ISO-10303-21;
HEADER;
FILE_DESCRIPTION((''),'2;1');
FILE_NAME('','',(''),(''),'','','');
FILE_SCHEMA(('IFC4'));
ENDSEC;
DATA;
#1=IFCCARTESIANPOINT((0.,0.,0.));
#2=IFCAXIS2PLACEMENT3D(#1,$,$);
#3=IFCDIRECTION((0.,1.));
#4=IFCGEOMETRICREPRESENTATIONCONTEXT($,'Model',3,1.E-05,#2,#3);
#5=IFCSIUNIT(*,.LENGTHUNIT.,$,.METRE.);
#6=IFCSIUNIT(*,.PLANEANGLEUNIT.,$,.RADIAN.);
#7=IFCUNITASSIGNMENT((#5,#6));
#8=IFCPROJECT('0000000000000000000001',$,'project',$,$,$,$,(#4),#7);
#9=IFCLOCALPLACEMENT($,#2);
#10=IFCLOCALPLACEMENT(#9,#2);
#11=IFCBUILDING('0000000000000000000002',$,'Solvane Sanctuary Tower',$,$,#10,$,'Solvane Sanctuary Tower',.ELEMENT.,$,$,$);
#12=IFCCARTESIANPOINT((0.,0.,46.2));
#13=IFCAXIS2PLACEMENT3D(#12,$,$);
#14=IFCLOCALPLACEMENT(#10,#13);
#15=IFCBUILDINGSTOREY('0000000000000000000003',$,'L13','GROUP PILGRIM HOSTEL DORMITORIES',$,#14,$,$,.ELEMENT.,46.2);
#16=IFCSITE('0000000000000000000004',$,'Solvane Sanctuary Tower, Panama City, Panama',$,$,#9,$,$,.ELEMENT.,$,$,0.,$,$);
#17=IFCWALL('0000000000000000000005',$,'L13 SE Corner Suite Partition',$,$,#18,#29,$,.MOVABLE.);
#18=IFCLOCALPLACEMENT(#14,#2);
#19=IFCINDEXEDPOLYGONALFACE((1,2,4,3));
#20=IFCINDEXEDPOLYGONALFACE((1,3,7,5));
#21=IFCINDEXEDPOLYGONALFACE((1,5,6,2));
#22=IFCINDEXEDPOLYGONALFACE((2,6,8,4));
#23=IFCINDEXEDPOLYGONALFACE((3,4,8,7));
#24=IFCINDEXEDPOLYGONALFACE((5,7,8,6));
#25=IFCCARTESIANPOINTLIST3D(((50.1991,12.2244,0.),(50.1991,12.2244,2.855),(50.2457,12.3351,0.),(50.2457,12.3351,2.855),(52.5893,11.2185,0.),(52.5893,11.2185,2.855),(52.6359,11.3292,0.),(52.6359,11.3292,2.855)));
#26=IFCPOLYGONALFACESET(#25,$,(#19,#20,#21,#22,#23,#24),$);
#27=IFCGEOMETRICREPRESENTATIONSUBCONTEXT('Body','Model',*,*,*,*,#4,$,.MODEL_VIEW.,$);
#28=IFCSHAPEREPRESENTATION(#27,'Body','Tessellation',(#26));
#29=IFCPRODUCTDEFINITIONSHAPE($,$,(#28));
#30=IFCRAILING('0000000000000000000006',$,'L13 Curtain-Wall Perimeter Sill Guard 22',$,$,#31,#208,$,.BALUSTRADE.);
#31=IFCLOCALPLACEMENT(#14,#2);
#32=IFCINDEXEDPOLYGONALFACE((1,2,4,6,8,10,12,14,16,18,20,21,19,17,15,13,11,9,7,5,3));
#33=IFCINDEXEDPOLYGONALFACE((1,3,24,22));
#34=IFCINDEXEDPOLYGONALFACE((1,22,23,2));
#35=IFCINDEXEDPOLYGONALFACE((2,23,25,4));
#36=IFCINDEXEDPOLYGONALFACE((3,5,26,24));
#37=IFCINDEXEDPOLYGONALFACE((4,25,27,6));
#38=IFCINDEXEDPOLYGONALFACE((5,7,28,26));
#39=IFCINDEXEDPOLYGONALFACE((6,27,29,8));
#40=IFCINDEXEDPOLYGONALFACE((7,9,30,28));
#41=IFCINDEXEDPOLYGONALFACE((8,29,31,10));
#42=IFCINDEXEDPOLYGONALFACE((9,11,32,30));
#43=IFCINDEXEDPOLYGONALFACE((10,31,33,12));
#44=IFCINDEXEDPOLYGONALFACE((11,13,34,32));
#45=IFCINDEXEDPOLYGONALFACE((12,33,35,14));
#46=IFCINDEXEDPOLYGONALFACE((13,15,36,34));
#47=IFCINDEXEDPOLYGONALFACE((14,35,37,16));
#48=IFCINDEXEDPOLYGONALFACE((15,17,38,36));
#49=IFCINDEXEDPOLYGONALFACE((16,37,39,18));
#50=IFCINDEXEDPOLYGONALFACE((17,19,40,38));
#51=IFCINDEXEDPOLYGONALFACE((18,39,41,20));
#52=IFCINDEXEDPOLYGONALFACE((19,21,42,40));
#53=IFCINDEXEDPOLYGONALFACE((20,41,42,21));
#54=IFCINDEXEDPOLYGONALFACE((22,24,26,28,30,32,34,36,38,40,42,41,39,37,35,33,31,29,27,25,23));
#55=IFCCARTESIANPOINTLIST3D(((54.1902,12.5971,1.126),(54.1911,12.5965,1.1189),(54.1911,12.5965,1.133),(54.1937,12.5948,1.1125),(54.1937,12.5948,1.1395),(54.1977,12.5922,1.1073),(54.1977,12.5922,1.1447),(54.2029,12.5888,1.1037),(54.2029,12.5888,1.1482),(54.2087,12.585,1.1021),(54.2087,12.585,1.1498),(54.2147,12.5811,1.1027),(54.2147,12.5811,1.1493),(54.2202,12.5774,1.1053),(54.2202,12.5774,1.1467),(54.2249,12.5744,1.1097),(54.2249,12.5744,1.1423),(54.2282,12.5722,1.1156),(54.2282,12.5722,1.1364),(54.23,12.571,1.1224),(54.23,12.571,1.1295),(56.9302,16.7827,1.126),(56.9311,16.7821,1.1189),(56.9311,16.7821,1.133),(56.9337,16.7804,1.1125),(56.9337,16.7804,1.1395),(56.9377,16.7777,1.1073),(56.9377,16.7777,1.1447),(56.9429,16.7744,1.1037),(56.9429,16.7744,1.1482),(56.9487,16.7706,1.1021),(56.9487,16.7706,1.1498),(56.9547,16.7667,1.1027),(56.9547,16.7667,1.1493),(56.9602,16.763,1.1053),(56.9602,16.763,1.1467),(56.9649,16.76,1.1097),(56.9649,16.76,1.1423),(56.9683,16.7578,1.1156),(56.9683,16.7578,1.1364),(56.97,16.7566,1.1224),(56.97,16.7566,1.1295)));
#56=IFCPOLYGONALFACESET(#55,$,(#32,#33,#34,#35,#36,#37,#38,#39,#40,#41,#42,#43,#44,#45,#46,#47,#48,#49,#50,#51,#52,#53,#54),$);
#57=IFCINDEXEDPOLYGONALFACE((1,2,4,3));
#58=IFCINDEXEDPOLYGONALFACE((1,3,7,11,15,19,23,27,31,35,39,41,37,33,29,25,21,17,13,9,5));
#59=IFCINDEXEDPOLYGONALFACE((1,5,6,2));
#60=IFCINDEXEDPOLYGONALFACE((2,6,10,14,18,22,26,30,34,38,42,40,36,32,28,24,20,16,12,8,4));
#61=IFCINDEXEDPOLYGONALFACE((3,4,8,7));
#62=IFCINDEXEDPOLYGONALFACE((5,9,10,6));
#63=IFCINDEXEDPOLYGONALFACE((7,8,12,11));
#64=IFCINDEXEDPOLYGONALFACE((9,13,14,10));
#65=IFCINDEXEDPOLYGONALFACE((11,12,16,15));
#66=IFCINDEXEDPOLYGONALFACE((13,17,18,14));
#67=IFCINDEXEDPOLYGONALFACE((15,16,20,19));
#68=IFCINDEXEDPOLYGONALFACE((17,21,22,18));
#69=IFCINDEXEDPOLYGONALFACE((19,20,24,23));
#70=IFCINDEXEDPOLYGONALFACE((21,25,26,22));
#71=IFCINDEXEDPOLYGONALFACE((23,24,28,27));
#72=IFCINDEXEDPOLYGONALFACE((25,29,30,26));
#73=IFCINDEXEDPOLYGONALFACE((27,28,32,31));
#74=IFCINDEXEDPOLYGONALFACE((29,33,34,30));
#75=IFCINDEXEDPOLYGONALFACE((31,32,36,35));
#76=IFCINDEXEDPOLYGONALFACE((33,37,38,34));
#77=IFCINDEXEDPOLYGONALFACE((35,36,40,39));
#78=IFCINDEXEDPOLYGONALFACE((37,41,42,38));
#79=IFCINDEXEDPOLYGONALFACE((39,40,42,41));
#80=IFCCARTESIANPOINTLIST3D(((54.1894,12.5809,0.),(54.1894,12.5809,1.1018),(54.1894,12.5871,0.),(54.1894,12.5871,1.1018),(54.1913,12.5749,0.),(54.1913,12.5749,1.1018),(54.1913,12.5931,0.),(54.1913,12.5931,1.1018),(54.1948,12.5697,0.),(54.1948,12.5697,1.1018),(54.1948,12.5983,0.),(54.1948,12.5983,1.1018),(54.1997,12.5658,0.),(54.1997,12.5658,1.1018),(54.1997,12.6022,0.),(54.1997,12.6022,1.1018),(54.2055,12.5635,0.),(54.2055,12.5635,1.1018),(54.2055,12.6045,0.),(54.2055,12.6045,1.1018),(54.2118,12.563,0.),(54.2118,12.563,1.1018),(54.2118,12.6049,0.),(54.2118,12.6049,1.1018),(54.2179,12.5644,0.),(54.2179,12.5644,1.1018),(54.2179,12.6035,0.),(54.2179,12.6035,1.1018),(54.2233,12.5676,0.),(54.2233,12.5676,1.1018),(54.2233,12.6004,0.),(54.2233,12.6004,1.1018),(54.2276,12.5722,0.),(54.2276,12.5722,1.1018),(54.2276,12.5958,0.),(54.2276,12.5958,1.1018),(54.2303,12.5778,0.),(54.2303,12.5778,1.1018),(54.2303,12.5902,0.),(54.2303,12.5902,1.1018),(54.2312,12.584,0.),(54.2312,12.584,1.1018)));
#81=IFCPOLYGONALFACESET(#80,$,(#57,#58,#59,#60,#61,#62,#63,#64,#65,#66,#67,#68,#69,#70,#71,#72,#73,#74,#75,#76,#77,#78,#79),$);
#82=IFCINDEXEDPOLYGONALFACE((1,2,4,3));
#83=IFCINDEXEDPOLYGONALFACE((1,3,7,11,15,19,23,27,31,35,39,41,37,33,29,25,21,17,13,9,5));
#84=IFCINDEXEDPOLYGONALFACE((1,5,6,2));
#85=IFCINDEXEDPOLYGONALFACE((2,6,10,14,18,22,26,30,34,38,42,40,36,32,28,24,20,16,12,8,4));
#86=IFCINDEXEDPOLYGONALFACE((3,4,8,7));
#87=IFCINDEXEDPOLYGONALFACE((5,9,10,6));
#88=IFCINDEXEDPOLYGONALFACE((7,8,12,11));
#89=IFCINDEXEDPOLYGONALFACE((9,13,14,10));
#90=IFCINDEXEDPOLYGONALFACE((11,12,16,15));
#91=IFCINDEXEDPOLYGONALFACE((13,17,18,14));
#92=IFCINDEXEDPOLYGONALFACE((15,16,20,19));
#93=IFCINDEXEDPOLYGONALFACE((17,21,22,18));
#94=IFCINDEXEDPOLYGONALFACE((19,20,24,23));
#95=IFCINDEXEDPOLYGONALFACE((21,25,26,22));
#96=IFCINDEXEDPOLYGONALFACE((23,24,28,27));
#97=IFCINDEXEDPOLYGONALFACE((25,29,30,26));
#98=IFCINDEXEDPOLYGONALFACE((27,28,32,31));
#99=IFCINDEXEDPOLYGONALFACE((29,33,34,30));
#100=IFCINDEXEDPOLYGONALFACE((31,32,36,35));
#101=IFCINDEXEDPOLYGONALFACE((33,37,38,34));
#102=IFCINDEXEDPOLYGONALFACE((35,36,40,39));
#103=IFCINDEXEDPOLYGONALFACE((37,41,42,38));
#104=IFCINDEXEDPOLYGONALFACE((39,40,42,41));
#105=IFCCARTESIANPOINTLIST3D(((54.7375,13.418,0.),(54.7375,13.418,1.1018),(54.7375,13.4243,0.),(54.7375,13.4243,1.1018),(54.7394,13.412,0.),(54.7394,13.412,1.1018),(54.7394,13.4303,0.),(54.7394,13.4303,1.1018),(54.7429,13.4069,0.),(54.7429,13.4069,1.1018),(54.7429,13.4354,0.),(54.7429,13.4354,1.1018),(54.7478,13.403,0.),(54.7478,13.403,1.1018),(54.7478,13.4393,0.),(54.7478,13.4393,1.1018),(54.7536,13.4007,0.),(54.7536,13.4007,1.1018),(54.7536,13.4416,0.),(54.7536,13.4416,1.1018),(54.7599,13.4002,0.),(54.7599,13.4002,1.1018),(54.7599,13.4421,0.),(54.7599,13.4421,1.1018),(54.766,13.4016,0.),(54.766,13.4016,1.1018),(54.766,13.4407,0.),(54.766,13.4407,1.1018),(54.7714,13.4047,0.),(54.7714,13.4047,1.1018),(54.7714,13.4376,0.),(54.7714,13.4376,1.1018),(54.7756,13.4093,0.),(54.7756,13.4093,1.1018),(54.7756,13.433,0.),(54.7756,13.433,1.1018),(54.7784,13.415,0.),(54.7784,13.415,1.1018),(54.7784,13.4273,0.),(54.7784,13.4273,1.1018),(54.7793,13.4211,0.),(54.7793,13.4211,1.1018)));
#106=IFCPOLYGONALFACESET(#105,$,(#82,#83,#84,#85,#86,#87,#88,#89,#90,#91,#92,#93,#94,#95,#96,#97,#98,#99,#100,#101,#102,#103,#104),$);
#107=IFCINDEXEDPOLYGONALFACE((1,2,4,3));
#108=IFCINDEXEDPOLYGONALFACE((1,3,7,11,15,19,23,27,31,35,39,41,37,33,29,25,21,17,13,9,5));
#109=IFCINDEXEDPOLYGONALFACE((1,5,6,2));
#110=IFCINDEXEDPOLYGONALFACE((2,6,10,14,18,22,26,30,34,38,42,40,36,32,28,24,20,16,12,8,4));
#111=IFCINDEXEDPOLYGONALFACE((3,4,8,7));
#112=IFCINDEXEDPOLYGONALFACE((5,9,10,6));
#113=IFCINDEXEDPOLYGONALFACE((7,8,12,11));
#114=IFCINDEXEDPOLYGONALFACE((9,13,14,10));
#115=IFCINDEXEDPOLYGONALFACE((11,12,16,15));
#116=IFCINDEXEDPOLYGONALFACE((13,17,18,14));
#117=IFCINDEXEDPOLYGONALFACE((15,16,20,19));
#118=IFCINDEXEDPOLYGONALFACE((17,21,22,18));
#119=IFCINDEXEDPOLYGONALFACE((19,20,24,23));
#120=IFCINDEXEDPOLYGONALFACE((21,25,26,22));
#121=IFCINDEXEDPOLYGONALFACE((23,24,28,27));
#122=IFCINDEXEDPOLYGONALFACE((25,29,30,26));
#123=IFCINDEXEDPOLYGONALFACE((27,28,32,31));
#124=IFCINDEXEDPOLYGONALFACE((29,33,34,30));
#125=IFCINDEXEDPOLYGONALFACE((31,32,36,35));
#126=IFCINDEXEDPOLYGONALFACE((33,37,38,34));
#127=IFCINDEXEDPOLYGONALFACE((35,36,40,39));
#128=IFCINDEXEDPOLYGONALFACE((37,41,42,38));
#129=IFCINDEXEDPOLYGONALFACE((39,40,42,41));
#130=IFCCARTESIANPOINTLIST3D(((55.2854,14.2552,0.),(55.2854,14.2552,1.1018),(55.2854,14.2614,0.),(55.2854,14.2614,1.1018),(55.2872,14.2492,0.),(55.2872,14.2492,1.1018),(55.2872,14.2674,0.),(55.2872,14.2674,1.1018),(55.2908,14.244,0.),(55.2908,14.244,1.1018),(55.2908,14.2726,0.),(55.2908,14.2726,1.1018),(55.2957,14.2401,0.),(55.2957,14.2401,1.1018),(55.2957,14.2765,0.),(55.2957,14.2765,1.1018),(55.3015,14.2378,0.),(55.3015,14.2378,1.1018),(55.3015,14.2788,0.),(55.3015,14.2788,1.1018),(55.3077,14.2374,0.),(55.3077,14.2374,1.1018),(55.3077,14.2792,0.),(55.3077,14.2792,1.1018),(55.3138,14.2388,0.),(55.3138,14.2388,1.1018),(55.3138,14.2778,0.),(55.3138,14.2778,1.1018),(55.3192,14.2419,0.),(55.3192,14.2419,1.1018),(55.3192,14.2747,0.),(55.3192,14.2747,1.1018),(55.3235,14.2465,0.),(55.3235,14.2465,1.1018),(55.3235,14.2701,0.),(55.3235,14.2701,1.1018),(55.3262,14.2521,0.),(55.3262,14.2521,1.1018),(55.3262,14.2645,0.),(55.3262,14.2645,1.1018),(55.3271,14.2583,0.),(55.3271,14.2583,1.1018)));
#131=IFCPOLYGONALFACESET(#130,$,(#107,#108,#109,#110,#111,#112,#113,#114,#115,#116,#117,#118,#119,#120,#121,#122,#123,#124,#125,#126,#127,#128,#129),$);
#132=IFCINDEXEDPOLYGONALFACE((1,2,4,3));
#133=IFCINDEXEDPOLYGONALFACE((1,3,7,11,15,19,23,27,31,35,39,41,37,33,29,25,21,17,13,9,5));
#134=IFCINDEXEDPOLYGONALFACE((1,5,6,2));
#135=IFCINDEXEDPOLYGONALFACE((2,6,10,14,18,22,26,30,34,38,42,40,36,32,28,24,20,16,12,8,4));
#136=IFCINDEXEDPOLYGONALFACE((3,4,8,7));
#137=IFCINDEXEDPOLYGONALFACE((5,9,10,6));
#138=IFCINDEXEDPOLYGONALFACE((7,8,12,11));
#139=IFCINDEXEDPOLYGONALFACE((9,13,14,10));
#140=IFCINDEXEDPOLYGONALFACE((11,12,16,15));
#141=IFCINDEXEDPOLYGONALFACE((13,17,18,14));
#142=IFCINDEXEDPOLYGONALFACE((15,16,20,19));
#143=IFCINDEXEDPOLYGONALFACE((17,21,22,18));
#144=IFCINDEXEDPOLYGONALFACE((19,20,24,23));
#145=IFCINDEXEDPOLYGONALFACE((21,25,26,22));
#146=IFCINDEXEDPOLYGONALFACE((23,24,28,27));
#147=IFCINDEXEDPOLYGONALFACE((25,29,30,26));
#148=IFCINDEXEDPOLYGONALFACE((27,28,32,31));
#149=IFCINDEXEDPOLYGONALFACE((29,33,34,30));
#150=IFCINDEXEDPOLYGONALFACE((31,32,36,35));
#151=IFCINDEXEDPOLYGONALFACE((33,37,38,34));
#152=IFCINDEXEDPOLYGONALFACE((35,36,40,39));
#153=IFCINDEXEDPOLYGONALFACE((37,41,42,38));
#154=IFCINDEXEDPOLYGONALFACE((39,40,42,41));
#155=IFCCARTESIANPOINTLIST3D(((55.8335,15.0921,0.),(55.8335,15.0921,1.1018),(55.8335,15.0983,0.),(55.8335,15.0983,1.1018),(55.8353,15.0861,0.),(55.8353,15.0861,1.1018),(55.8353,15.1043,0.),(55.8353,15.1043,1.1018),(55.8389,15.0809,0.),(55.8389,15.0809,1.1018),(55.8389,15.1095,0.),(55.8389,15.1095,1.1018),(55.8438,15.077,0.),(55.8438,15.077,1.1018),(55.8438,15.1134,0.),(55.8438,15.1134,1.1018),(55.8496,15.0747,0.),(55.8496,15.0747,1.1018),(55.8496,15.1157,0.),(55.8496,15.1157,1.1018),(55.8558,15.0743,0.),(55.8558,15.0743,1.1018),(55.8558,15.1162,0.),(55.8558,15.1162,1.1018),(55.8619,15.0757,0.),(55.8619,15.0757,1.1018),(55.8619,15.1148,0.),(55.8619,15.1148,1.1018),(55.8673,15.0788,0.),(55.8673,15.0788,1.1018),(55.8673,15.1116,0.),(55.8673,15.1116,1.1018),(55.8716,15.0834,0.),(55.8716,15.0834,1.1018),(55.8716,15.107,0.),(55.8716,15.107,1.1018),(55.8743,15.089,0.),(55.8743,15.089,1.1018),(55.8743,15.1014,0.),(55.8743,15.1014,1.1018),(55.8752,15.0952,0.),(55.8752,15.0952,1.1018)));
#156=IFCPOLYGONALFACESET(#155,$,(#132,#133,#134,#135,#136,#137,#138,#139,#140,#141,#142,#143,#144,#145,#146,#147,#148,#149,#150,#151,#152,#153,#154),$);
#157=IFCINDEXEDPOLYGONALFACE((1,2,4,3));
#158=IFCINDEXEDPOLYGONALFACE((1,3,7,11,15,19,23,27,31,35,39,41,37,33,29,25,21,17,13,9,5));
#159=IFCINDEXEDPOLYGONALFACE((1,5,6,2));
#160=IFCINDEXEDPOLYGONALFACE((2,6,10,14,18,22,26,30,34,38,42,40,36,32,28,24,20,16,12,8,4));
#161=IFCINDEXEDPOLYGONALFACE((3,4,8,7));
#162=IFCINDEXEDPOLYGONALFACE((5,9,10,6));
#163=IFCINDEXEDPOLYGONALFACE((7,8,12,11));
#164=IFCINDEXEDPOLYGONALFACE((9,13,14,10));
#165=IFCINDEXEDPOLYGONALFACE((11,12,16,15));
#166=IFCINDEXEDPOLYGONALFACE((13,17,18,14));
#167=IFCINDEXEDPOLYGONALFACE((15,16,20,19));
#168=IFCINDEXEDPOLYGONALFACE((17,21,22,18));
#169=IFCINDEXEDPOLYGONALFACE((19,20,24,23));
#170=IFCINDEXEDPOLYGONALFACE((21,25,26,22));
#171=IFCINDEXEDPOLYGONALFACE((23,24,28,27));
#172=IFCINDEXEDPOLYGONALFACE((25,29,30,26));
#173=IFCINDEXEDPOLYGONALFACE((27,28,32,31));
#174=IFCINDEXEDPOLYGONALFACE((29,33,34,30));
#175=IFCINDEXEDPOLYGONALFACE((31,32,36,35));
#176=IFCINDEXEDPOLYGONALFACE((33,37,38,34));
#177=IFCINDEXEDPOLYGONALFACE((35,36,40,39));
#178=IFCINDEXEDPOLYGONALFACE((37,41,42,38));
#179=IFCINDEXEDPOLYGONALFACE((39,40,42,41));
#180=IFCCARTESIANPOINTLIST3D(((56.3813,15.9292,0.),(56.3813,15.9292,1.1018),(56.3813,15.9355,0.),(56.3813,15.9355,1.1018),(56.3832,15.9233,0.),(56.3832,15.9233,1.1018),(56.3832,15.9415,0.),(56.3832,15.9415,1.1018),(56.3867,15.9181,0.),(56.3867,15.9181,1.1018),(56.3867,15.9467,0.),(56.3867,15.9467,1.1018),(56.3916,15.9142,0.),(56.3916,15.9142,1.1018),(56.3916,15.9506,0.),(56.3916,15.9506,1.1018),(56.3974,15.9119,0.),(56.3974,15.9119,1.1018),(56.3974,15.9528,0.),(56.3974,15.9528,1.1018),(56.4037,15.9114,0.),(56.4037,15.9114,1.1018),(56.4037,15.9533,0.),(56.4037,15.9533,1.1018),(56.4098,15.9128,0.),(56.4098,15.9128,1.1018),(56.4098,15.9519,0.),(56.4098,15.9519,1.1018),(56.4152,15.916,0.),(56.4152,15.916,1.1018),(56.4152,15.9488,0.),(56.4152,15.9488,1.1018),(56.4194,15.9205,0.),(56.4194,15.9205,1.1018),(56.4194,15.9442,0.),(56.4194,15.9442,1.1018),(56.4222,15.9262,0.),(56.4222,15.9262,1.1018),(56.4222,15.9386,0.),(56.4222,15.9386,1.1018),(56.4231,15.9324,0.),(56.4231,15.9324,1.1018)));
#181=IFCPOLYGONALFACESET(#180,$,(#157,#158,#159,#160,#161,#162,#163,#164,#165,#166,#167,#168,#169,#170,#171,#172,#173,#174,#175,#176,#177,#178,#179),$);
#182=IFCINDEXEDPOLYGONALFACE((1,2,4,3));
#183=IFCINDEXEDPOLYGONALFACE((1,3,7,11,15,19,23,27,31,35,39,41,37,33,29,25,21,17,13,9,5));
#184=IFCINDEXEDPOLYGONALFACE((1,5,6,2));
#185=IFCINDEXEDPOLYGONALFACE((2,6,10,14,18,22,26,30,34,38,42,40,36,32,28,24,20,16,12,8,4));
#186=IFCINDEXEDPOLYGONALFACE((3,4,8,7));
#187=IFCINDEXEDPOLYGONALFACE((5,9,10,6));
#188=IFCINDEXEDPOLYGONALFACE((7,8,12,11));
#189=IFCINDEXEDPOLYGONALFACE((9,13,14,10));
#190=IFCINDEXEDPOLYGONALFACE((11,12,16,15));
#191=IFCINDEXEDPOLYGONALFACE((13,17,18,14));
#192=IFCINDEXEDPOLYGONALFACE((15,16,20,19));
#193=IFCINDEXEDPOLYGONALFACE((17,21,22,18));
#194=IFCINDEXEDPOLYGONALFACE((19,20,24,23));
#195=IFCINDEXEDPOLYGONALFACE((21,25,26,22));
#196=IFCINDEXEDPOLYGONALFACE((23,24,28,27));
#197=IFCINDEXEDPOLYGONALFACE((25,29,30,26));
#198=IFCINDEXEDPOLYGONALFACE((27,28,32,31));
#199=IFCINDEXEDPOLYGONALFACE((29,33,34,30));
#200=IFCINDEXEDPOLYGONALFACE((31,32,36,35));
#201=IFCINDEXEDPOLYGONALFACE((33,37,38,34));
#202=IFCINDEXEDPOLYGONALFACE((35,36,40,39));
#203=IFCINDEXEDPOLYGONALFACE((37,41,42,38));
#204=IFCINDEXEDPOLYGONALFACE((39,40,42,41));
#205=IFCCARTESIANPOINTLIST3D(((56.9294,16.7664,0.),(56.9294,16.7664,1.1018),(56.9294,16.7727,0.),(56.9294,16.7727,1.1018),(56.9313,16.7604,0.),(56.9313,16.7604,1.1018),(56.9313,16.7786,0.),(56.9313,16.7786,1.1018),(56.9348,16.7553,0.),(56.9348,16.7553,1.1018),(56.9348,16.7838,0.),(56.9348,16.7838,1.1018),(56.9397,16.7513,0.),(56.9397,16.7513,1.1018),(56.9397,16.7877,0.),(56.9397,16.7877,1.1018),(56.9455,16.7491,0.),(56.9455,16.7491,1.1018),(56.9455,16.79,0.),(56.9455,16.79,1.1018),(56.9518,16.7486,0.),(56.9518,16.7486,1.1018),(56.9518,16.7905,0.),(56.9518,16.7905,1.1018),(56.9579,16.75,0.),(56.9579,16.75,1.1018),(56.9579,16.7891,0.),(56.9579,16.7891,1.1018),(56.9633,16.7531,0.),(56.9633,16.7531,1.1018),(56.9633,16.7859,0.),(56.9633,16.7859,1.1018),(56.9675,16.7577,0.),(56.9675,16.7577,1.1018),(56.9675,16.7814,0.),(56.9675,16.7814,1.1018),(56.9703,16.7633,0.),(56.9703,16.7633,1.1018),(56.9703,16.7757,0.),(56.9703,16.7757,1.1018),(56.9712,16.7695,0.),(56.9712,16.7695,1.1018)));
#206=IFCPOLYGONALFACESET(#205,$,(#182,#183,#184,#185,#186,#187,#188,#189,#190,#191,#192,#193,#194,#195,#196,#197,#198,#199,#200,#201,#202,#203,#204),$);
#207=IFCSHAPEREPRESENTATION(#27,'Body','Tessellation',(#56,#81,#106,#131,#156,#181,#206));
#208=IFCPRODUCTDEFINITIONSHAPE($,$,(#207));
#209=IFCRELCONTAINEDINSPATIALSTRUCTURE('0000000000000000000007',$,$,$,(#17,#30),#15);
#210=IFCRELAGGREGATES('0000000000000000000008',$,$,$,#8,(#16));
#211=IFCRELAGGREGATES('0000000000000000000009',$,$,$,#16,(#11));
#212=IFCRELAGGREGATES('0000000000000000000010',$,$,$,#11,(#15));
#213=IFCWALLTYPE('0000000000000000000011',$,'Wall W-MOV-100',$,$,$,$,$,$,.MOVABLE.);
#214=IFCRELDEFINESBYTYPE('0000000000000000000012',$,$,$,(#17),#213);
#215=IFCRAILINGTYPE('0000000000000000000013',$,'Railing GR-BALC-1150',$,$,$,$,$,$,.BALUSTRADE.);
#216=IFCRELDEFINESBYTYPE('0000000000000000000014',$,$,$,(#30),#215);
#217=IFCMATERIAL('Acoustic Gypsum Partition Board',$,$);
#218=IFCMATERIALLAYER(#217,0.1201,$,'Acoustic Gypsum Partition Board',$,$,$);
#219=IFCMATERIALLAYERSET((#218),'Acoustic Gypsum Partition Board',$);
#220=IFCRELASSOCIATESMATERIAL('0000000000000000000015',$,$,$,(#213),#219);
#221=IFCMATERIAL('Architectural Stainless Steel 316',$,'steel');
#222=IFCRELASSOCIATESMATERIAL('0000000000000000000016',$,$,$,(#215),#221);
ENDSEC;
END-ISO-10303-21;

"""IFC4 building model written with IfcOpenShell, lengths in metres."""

from ifc_helpers import new_model, si_unit, direction, frame, frame_2d, origin, origin_2d, place, context, subcontext, project, spatial, rectangle, circle, extrude, material, layer, layer_set, type_object, element, save


model = new_model("IFC4")

# Units and contexts
model_context = context("Model", 3, precision=1e-05, world=origin(), true_north=direction((0.0, 1.0)))
body_context = subcontext(model_context, "Body", "Model", "MODEL_VIEW")
ifc_project = project(units=[si_unit("LENGTHUNIT", "METRE"), si_unit("PLANEANGLEUNIT", "RADIAN")], contexts=[model_context])

# Site, building, storey
site_placement = place(None, origin())
site = spatial("IfcSite", under=ifc_project, at=site_placement, Name="Solvane Sanctuary Tower, Panama City, Panama", CompositionType="ELEMENT", RefElevation=0.0)
building_placement = place(site_placement, origin())
building = spatial("IfcBuilding", under=site, at=building_placement, Name="Solvane Sanctuary Tower", LongName="Solvane Sanctuary Tower", CompositionType="ELEMENT")
storey_placement = place(building_placement, frame((0.0, 0.0, 46.2)))
storey = spatial("IfcBuildingStorey", under=building, at=storey_placement, Name="L13", Description="GROUP PILGRIM HOSTEL DORMITORIES", CompositionType="ELEMENT", Elevation=46.2)

# Shared definitions
ifc_material_1 = material(Name="Acoustic Gypsum Partition Board")

# Shared definitions
ifc_layer_1 = layer(ifc_material_1, 0.1201, Name="Acoustic Gypsum Partition Board")
ifc_layer_set_1 = layer_set([ifc_layer_1], Name="Acoustic Gypsum Partition Board")
wall_type_1 = type_object("IfcWallType", Name="Wall W-MOV-100", PredefinedType="MOVABLE", material=ifc_layer_set_1)
ifc_material_2 = material(Name="Architectural Stainless Steel 316", Category="steel")

# Wall
wall_1_placement = place(storey_placement, frame((50.2224, 12.2798, 0.0), z_axis=(0.0, 0.0, 1.0), x_axis=(0.921706, -0.387889, 0.0)))
element("IfcWall", 1, at=wall_1_placement, inside=storey, type_object=wall_type_1, Name="L13 SE Corner Suite Partition", PredefinedType="MOVABLE", context=body_context, shape_type="SweptSolid", body=[
    extrude(rectangle(XDim=2.5933, YDim=0.1201, at=frame_2d((1.2966, 0.0))), origin(), (0.0, 0.0, 1.0), 2.855),
])

# Railing
railing_type = type_object("IfcRailingType", Name="Railing GR-BALC-1150", PredefinedType="BALUSTRADE", material=ifc_material_2)
railing_1_placement = place(storey_placement, frame((54.2102, 12.584, 0.0)))
element("IfcRailing", 2, at=railing_1_placement, inside=storey, type_object=railing_type, Name="L13 Curtain-Wall Perimeter Sill Guard 22", PredefinedType="BALUSTRADE", context=body_context, shape_type="SweptSolid", body=[
    extrude(circle(Radius=0.0239, at=origin_2d()), frame((0.0, 0.0, 1.126), z_axis=(0.547709, 0.836669, 0.0), x_axis=(-0.836669, 0.547709, 0.0)), (0.0, 0.0, 1.0), 5.0027),
    extrude(circle(Radius=0.021, at=origin_2d()), origin(), (0.0, 0.0, 1.0), 1.1018),
    extrude(circle(Radius=0.021, at=origin_2d()), frame((0.5481, 0.8372, 0.0)), (0.0, 0.0, 1.0), 1.1018),
    extrude(circle(Radius=0.021, at=origin_2d()), frame((1.0959, 1.6743, 0.0)), (0.0, 0.0, 1.0), 1.1018),
    extrude(circle(Radius=0.021, at=origin_2d()), frame((1.644, 2.5112, 0.0)), (0.0, 0.0, 1.0), 1.1018),
    extrude(circle(Radius=0.021, at=origin_2d()), frame((2.1919, 3.3484, 0.0)), (0.0, 0.0, 1.0), 1.1018),
    extrude(circle(Radius=0.021, at=origin_2d()), frame((2.74, 4.1855, 0.0)), (0.0, 0.0, 1.0), 1.1018),
])

save(model, "model.ifc")
